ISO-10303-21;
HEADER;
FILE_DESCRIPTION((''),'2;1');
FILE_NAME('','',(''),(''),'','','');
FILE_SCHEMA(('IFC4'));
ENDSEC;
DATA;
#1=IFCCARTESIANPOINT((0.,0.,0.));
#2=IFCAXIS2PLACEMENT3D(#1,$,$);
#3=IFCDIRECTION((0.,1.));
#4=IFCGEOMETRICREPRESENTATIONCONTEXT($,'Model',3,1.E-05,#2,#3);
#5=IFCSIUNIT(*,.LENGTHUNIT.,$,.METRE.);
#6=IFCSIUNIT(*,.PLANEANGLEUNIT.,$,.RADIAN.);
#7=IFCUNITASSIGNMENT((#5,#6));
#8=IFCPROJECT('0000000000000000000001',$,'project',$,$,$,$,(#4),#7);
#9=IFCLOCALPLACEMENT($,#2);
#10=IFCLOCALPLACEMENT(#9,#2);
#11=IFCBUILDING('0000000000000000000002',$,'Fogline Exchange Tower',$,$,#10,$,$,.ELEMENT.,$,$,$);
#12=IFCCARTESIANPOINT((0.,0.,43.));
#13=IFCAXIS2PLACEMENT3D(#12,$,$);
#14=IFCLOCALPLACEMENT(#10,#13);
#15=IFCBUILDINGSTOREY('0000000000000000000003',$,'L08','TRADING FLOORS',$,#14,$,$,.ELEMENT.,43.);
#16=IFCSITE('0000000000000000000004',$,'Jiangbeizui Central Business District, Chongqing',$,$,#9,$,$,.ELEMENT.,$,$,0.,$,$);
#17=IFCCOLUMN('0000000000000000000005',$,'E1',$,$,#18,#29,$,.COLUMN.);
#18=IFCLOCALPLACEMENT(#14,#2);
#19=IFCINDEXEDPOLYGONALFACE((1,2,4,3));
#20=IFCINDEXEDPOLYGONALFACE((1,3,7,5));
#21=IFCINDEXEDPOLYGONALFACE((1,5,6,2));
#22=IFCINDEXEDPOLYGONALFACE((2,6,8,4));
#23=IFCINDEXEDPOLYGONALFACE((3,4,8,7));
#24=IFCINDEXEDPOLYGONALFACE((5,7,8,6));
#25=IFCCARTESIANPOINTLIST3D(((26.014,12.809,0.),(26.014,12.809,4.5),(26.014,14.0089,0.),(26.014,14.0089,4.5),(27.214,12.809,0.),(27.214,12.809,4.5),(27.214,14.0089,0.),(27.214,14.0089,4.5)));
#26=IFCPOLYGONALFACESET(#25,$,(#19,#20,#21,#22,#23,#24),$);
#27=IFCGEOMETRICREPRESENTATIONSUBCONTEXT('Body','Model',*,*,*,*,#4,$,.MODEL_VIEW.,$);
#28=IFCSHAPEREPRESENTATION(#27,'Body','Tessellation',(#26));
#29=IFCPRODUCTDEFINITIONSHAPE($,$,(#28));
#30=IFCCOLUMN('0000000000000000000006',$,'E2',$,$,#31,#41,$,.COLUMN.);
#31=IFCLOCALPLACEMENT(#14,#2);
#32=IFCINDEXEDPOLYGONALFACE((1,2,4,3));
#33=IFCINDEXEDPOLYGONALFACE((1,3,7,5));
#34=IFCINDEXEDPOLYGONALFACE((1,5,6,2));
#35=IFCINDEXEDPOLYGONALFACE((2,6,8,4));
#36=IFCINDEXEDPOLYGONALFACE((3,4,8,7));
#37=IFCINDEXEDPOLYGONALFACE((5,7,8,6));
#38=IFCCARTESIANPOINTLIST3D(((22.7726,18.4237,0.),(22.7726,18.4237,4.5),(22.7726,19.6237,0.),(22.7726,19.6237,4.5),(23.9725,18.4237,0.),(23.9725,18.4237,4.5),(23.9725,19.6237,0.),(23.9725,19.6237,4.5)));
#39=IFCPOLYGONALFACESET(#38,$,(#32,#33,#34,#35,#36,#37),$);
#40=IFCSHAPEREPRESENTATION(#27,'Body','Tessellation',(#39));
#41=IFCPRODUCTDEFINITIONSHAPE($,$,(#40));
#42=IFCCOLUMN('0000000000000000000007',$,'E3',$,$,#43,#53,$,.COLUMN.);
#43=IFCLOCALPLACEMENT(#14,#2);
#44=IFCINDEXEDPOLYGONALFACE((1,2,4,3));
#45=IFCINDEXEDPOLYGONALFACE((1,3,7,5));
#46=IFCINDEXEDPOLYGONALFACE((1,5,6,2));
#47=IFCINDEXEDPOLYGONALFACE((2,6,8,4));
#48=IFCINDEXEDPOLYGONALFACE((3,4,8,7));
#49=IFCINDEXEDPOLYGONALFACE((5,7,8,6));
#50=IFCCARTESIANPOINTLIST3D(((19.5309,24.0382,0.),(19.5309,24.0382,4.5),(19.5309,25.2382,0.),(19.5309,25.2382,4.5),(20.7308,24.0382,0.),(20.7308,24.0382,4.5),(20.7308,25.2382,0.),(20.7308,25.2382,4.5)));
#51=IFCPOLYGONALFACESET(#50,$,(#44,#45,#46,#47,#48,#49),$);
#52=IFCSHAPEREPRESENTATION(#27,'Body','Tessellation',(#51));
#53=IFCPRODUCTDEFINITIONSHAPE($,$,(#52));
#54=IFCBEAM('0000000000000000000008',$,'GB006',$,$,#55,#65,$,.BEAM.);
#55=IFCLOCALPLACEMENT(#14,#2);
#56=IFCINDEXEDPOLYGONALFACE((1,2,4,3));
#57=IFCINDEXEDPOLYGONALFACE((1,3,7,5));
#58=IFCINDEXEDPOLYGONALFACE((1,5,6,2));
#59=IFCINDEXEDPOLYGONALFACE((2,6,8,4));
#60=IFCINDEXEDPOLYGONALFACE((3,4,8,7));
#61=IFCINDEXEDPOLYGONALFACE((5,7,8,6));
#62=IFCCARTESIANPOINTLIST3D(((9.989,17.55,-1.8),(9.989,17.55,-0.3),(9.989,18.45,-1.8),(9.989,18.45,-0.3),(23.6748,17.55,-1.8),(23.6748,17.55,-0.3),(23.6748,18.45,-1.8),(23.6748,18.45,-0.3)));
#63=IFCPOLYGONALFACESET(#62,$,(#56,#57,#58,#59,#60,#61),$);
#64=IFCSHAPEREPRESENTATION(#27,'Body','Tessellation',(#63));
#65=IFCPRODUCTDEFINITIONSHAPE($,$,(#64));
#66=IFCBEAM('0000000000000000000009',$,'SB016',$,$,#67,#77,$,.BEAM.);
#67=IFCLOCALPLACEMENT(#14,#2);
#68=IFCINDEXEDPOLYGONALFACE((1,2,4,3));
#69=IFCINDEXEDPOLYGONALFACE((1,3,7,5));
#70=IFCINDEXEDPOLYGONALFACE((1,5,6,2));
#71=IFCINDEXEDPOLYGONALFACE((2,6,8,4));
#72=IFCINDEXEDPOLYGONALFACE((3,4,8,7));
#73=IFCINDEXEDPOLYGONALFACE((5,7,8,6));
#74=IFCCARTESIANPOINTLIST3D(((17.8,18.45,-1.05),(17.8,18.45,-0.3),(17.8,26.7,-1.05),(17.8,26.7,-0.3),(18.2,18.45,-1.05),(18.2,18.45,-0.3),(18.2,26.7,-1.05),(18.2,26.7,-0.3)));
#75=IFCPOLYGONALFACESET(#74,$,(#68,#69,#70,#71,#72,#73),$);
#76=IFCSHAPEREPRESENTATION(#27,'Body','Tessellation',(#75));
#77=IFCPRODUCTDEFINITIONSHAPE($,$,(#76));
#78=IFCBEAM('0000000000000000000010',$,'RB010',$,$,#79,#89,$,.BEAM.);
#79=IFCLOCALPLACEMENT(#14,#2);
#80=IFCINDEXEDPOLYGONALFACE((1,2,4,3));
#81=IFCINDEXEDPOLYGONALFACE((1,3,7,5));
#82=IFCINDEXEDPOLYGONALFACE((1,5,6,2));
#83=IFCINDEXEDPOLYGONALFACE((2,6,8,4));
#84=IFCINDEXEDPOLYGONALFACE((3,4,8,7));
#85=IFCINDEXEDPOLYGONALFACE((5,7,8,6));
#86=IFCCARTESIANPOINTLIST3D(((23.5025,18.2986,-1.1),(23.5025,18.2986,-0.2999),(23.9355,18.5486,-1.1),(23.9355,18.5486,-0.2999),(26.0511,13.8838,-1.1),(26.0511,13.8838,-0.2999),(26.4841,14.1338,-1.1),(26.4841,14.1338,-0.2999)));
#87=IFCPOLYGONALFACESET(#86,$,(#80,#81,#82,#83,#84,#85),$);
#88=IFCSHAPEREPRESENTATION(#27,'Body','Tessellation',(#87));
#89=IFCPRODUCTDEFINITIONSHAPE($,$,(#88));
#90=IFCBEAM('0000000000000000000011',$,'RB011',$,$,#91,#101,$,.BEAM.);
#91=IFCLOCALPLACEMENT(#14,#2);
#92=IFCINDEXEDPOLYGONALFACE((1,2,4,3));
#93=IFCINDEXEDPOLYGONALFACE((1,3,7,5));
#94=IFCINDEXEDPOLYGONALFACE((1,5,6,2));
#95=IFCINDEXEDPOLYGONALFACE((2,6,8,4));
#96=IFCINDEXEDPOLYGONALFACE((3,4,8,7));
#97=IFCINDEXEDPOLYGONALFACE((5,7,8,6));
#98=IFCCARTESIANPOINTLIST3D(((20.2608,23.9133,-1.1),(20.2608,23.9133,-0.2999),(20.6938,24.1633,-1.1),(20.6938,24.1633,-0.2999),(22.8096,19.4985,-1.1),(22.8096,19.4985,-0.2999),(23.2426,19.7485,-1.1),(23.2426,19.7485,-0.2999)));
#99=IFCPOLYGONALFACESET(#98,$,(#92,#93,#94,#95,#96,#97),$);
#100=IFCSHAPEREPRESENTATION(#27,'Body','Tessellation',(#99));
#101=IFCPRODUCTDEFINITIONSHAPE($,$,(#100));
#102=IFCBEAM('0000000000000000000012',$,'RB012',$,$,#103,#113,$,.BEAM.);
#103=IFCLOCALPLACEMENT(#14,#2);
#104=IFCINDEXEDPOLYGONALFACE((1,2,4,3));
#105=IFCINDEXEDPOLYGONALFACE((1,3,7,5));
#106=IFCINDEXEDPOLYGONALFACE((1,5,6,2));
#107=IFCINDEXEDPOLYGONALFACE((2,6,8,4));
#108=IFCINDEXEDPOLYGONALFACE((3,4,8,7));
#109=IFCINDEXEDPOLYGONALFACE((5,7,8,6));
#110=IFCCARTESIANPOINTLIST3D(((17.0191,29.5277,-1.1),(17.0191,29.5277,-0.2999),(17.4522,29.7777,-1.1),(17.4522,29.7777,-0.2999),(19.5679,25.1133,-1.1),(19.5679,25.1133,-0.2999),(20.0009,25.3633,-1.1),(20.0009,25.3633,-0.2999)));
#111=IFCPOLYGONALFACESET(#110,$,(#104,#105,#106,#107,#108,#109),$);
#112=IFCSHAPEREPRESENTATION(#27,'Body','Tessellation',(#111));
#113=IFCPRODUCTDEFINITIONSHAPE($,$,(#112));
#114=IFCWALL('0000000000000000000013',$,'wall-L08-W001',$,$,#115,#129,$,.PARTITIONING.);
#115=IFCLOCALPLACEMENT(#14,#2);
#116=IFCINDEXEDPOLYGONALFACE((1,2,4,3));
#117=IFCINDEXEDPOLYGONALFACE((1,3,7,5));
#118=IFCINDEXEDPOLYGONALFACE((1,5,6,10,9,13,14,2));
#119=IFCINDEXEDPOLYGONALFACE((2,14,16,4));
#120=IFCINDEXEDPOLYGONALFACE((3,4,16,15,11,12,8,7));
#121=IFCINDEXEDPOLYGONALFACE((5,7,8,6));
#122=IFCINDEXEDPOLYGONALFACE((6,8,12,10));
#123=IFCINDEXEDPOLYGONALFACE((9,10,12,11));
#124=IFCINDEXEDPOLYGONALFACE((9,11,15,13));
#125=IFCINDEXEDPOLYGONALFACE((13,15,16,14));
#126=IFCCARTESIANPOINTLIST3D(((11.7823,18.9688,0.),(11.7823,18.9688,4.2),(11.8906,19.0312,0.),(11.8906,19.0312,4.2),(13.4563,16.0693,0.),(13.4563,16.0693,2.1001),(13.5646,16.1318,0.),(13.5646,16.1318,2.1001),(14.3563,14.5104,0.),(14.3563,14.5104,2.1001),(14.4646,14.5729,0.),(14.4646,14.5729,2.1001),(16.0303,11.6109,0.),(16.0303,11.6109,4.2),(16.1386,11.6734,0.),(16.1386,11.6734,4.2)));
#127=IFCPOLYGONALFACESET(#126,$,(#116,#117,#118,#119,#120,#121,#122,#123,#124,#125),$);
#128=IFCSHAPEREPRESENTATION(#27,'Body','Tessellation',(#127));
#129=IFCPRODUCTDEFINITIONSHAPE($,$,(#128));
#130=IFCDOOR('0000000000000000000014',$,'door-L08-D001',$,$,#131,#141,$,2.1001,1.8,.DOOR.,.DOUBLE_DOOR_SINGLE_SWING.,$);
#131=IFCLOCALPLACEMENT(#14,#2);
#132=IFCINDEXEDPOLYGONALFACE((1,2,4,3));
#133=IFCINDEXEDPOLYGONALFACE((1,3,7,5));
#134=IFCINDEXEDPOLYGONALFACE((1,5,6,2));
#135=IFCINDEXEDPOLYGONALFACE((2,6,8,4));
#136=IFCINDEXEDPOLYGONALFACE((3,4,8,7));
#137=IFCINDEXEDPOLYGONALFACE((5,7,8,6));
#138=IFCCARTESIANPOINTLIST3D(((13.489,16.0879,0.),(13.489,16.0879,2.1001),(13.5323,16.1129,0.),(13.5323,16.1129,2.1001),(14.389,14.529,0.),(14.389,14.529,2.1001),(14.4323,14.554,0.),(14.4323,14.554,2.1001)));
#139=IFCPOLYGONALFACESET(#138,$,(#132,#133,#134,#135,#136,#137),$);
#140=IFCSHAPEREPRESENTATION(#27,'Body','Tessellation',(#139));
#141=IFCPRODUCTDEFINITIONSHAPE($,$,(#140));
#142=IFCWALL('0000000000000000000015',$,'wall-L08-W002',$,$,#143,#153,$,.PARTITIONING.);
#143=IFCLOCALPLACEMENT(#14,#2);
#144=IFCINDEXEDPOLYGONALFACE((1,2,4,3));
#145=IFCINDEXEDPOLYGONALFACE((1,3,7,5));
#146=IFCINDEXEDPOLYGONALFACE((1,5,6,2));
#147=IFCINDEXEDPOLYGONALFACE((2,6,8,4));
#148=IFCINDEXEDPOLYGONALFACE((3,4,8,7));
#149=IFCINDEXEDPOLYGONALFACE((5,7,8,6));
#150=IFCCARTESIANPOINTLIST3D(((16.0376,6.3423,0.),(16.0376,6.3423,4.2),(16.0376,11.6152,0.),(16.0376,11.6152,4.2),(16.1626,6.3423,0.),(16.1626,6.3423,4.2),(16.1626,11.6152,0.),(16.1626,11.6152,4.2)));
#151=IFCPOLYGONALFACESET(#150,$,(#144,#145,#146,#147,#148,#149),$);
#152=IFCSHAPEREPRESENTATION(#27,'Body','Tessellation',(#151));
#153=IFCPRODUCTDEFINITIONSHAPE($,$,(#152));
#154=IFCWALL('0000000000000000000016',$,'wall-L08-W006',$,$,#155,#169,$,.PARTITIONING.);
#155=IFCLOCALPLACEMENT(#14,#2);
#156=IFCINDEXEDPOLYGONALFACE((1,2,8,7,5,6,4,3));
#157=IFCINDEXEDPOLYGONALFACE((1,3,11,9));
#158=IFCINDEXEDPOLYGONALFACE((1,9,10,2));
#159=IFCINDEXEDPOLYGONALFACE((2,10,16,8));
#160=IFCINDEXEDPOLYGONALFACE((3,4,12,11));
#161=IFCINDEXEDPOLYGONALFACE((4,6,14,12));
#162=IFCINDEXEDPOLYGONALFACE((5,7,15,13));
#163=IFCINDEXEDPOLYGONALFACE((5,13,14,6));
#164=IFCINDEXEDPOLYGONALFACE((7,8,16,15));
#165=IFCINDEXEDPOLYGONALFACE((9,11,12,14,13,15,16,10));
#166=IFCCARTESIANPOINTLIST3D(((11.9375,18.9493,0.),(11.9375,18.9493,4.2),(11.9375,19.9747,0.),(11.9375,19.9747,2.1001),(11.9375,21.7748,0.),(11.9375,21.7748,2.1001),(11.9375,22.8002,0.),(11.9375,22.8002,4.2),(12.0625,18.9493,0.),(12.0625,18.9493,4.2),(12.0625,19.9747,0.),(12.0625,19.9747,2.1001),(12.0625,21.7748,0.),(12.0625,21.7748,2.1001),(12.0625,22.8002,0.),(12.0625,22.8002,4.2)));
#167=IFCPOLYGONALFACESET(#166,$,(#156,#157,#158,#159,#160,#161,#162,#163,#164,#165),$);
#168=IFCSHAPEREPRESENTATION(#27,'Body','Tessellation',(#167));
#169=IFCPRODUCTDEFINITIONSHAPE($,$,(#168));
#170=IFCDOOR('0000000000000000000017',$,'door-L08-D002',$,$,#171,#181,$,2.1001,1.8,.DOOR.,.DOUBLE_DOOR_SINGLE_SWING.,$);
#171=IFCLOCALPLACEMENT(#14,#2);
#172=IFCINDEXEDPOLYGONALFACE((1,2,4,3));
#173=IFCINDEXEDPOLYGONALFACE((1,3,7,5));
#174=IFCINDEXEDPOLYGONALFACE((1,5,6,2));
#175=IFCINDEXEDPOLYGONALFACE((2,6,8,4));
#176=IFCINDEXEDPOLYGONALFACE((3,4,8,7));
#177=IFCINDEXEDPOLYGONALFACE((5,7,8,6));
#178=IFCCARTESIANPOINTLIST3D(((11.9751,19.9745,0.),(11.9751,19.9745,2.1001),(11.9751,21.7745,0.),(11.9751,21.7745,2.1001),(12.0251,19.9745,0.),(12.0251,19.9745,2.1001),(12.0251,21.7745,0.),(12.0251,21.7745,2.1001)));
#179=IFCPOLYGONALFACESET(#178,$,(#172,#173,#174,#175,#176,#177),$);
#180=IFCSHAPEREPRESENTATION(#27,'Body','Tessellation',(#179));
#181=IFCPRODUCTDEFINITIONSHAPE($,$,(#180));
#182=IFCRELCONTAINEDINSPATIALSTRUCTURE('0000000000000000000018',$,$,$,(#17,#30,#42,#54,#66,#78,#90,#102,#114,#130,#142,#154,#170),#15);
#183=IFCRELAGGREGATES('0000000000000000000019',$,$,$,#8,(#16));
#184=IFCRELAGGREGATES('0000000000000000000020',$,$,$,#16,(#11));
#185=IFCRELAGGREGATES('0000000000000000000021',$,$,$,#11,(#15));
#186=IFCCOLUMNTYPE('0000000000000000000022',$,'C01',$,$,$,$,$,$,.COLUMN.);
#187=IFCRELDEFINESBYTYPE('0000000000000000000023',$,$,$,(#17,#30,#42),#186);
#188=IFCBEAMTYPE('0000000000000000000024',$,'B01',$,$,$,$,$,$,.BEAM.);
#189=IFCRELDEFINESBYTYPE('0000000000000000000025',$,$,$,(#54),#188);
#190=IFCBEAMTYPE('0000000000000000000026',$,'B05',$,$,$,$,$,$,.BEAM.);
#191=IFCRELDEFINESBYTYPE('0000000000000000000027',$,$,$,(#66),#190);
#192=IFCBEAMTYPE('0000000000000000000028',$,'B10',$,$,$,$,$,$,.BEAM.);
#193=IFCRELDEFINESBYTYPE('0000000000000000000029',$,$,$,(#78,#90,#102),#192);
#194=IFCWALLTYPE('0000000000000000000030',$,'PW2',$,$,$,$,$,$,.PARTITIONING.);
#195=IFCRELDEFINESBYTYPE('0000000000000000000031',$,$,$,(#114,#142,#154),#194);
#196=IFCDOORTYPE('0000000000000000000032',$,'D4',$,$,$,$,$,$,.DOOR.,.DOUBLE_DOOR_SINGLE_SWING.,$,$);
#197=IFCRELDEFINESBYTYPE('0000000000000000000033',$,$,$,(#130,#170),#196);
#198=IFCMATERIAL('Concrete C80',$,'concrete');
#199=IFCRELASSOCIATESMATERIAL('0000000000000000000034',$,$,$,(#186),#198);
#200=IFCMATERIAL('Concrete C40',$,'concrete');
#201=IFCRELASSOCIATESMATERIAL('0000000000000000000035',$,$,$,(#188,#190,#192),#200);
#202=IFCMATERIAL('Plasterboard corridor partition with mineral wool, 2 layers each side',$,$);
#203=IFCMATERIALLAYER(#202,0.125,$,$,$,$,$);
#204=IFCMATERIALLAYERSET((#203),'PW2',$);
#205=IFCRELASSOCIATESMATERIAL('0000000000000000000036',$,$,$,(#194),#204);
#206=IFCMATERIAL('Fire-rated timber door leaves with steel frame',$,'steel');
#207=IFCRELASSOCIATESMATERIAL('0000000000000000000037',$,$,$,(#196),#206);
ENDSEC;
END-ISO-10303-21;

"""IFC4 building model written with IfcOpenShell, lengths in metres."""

from ifc_helpers import new_model, si_unit, direction, frame, frame_2d, origin, origin_2d, place, context, subcontext, project, spatial, rectangle, extrude, material, layer, layer_set, material_profile, profile_set, type_object, element, fill, save


model = new_model("IFC4")

# Units and contexts
model_context = context("Model", 3, precision=1e-05, world=origin(), true_north=direction((0.0, 1.0)))
body_context = subcontext(model_context, "Body", "Model", "MODEL_VIEW")
ifc_project = project(units=[si_unit("LENGTHUNIT", "METRE"), si_unit("PLANEANGLEUNIT", "RADIAN")], contexts=[model_context])

# Site, building, storey
site_placement = place(None, origin())
site = spatial("IfcSite", under=ifc_project, at=site_placement, Name="Jiangbeizui Central Business District, Chongqing", CompositionType="ELEMENT", RefElevation=0.0)
building_placement = place(site_placement, origin())
building = spatial("IfcBuilding", under=site, at=building_placement, Name="Fogline Exchange Tower", CompositionType="ELEMENT")
storey_placement = place(building_placement, frame((0.0, 0.0, 43.0)))
storey = spatial("IfcBuildingStorey", under=building, at=storey_placement, Name="L08", Description="TRADING FLOORS", CompositionType="ELEMENT", Elevation=43.0)

# Columns
ifc_material_1 = material(Name="Concrete C80", Category="concrete")
ifc_material_profile_1 = material_profile(ifc_material_1, rectangle(XDim=1.2, YDim=1.2, at=origin_2d()), Name="RC 1200x1200")
ifc_profile_set_1 = profile_set([ifc_material_profile_1], Name="Concrete C80")
column_type = type_object("IfcColumnType", Name="C01", PredefinedType="COLUMN", material=ifc_profile_set_1)
for number, where, z_axis, x_axis, name in (
    (1, (26.614, 13.4089, 0.0), (0.0, 0.0, 1.0), (1.0, 0.0, 0.0), "E1"),
    (2, (23.3726, 19.0237, 0.0), (0.0, 0.0, 1.0), (1.0, 0.0, 0.0), "E2"),
    (3, (20.1309, 24.6382, 0.0), (0.0, 0.0, 1.0), (1.0, 0.0, 0.0), "E3"),
):
    element("IfcColumn", number, at=place(storey_placement, frame(where, z_axis=z_axis, x_axis=x_axis)), inside=storey, type_object=column_type, Name=name, PredefinedType="COLUMN", context=body_context, shape_type="SweptSolid", body=[
        extrude(rectangle(XDim=1.2, YDim=1.2, at=origin_2d()), origin(), (0.0, 0.0, 1.0), 4.5),
    ])

# Beams
ifc_material_2 = material(Name="Concrete C40", Category="concrete")
ifc_material_profile_2 = material_profile(ifc_material_2, rectangle(XDim=0.8999, YDim=1.5, at=origin_2d()), Name="RC 900x1500")
ifc_profile_set_2 = profile_set([ifc_material_profile_2], Name="Concrete C40")
beam_type_1 = type_object("IfcBeamType", Name="B01", PredefinedType="BEAM", material=ifc_profile_set_2)
beam_1_placement = place(storey_placement, frame((9.989, 18.0, -1.05), z_axis=(1.0, 0.0, 0.0), x_axis=(0.0, 1.0, 0.0)))
element("IfcBeam", 4, at=beam_1_placement, inside=storey, type_object=beam_type_1, Name="GB006", PredefinedType="BEAM", context=body_context, shape_type="SweptSolid", body=[
    extrude(rectangle(XDim=0.8999, YDim=1.5, at=origin_2d()), origin(), (0.0, 0.0, 1.0), 13.6858),
])
ifc_material_profile_3 = material_profile(ifc_material_2, rectangle(XDim=0.3999, YDim=0.75, at=origin_2d()), Name="RC 400x750")
ifc_profile_set_3 = profile_set([ifc_material_profile_3], Name="Concrete C40")
beam_type_2 = type_object("IfcBeamType", Name="B05", PredefinedType="BEAM", material=ifc_profile_set_3)
beam_2_placement = place(storey_placement, frame((18.0, 18.45, -0.675), z_axis=(0.0, 1.0, 0.0), x_axis=(-1.0, 0.0, 0.0)))
element("IfcBeam", 5, at=beam_2_placement, inside=storey, type_object=beam_type_2, Name="SB016", PredefinedType="BEAM", context=body_context, shape_type="SweptSolid", body=[
    extrude(rectangle(XDim=0.3999, YDim=0.75, at=origin_2d()), origin(), (0.0, 0.0, 1.0), 8.25),
])
ifc_material_profile_4 = material_profile(ifc_material_2, rectangle(XDim=0.5, YDim=0.8, at=origin_2d()), Name="RC 500x800")
ifc_profile_set_4 = profile_set([ifc_material_profile_4], Name="Concrete C40")
beam_type_3 = type_object("IfcBeamType", Name="B10", PredefinedType="BEAM", material=ifc_profile_set_4)
for number, where, z_axis, x_axis, name in (
    (6, (26.2676, 14.0088, -0.7), (-0.499956, 0.866051, 0.0), (-0.866051, -0.499956, 0.0), "RB010"),
    (7, (23.0261, 19.6235, -0.7), (-0.499992, 0.86603, 0.0), (-0.86603, -0.499992, 0.0), "RB011"),
):
    element("IfcBeam", number, at=place(storey_placement, frame(where, z_axis=z_axis, x_axis=x_axis)), inside=storey, type_object=beam_type_3, Name=name, PredefinedType="BEAM", context=body_context, shape_type="SweptSolid", body=[
        extrude(rectangle(XDim=0.5, YDim=0.8, at=origin_2d()), origin(), (0.0, 0.0, 1.0), 5.0977),
    ])
beam_3_placement = place(storey_placement, frame((19.7844, 25.2383, -0.7), z_axis=(-0.500013, 0.866018, 0.0), x_axis=(-0.866018, -0.500013, 0.0)))
element("IfcBeam", 8, at=beam_3_placement, inside=storey, type_object=beam_type_3, Name="RB012", PredefinedType="BEAM", context=body_context, shape_type="SweptSolid", body=[
    extrude(rectangle(XDim=0.5, YDim=0.8, at=origin_2d()), origin(), (0.0, 0.0, 1.0), 5.0974),
])

# Wall, opening, door
ifc_material_3 = material(Name="Plasterboard corridor partition with mineral wool, 2 layers each side")
ifc_layer_1 = layer(ifc_material_3, 0.125)
ifc_layer_set_1 = layer_set([ifc_layer_1], Name="PW2")
wall_type_1 = type_object("IfcWallType", Name="PW2", PredefinedType="PARTITIONING", material=ifc_layer_set_1)
wall_1_placement = place(storey_placement, frame((11.8364, 19.0, 0.0), z_axis=(0.0, 0.0, 1.0), x_axis=(0.499996, -0.866028, 0.0)))
wall_1 = element("IfcWall", 9, at=wall_1_placement, inside=storey, type_object=wall_type_1, Name="wall-L08-W001", PredefinedType="PARTITIONING", context=body_context, shape_type="SweptSolid", body=[
    extrude(rectangle(XDim=8.4961, YDim=0.125, at=frame_2d((4.248, 0.0))), origin(), (0.0, 0.0, 1.0), 4.2),
])
opening_1_placement = place(wall_1_placement, frame((3.3481, 0.0, 0.0)))
opening_1 = element("IfcOpeningElement", 10, at=opening_1_placement, cuts=wall_1, PredefinedType="OPENING", context=body_context, shape_type="SweptSolid", body=[
    extrude(rectangle(XDim=1.8, YDim=2.1001, at=frame_2d((0.8999, 1.05))), frame((0.0, 0.0725, 0.0), z_axis=(0.0, -1.0, 0.0), x_axis=(1.0, 0.0, 0.0)), (0.0, 0.0, 1.0), 0.145),
])
ifc_material_4 = material(Name="Fire-rated timber door leaves with steel frame", Category="steel")
door_type_1 = type_object("IfcDoorType", Name="D4", OperationType="DOUBLE_DOOR_SINGLE_SWING", PredefinedType="DOOR", material=ifc_material_4)
door_1_placement = place(opening_1_placement, frame((1.8, 0.0, 0.0), z_axis=(0.0, 0.0, 1.0), x_axis=(-1.0, 0.0, 0.0)))
door_1 = element("IfcDoor", 11, at=door_1_placement, inside=storey, type_object=door_type_1, Name="door-L08-D001", OperationType="DOUBLE_DOOR_SINGLE_SWING", OverallHeight=2.1001, OverallWidth=1.8, PredefinedType="DOOR", context=body_context, shape_type="SweptSolid", body=[
    extrude(rectangle(XDim=1.8, YDim=2.1001, at=frame_2d((0.8999, 1.05))), frame((0.0, 0.0249, 0.0), z_axis=(0.0, -1.0, 0.0), x_axis=(1.0, 0.0, 0.0)), (0.0, 0.0, 1.0), 0.05),
])
fill(opening_1, door_1)

# Wall
wall_2_placement = place(storey_placement, frame((16.1001, 11.6152, 0.0), z_axis=(0.0, 0.0, 1.0), x_axis=(0.0, -1.0, 0.0)))
element("IfcWall", 12, at=wall_2_placement, inside=storey, type_object=wall_type_1, Name="wall-L08-W002", PredefinedType="PARTITIONING", context=body_context, shape_type="SweptSolid", body=[
    extrude(rectangle(XDim=5.2729, YDim=0.125, at=frame_2d((2.6365, 0.0))), origin(), (0.0, 0.0, 1.0), 4.2),
])

# Wall, opening, door
wall_3_placement = place(storey_placement, frame((12.0, 22.8, 0.0), z_axis=(0.0, 0.0, 1.0), x_axis=(0.0, -1.0, 0.0)))
wall_3 = element("IfcWall", 13, at=wall_3_placement, inside=storey, type_object=wall_type_1, Name="wall-L08-W006", PredefinedType="PARTITIONING", context=body_context, shape_type="SweptSolid", body=[
    extrude(rectangle(XDim=3.8508, YDim=0.125, at=frame_2d((1.9253, 0.0))), origin(), (0.0, 0.0, 1.0), 4.2),
])
opening_2_placement = place(wall_3_placement, frame((1.0254, 0.0, 0.0)))
opening_2 = element("IfcOpeningElement", 14, at=opening_2_placement, cuts=wall_3, PredefinedType="OPENING", context=body_context, shape_type="SweptSolid", body=[
    extrude(rectangle(XDim=1.8, YDim=2.1001, at=frame_2d((0.8999, 1.05))), frame((0.0, 0.0725, 0.0), z_axis=(0.0, -1.0, 0.0), x_axis=(1.0, 0.0, 0.0)), (0.0, 0.0, 1.0), 0.145),
])
door_2_placement = place(opening_2_placement, frame((1.8, 0.0, 0.0), z_axis=(0.0, 0.0, 1.0), x_axis=(-1.0, 0.0, 0.0)))
door_2 = element("IfcDoor", 15, at=door_2_placement, inside=storey, type_object=door_type_1, Name="door-L08-D002", OperationType="DOUBLE_DOOR_SINGLE_SWING", OverallHeight=2.1001, OverallWidth=1.8, PredefinedType="DOOR", context=body_context, shape_type="SweptSolid", body=[
    extrude(rectangle(XDim=1.8, YDim=2.1001, at=frame_2d((0.8999, 1.05))), frame((0.0, 0.0249, 0.0), z_axis=(0.0, -1.0, 0.0), x_axis=(1.0, 0.0, 0.0)), (0.0, 0.0, 1.0), 0.05),
])
fill(opening_2, door_2)

save(model, "model.ifc")
